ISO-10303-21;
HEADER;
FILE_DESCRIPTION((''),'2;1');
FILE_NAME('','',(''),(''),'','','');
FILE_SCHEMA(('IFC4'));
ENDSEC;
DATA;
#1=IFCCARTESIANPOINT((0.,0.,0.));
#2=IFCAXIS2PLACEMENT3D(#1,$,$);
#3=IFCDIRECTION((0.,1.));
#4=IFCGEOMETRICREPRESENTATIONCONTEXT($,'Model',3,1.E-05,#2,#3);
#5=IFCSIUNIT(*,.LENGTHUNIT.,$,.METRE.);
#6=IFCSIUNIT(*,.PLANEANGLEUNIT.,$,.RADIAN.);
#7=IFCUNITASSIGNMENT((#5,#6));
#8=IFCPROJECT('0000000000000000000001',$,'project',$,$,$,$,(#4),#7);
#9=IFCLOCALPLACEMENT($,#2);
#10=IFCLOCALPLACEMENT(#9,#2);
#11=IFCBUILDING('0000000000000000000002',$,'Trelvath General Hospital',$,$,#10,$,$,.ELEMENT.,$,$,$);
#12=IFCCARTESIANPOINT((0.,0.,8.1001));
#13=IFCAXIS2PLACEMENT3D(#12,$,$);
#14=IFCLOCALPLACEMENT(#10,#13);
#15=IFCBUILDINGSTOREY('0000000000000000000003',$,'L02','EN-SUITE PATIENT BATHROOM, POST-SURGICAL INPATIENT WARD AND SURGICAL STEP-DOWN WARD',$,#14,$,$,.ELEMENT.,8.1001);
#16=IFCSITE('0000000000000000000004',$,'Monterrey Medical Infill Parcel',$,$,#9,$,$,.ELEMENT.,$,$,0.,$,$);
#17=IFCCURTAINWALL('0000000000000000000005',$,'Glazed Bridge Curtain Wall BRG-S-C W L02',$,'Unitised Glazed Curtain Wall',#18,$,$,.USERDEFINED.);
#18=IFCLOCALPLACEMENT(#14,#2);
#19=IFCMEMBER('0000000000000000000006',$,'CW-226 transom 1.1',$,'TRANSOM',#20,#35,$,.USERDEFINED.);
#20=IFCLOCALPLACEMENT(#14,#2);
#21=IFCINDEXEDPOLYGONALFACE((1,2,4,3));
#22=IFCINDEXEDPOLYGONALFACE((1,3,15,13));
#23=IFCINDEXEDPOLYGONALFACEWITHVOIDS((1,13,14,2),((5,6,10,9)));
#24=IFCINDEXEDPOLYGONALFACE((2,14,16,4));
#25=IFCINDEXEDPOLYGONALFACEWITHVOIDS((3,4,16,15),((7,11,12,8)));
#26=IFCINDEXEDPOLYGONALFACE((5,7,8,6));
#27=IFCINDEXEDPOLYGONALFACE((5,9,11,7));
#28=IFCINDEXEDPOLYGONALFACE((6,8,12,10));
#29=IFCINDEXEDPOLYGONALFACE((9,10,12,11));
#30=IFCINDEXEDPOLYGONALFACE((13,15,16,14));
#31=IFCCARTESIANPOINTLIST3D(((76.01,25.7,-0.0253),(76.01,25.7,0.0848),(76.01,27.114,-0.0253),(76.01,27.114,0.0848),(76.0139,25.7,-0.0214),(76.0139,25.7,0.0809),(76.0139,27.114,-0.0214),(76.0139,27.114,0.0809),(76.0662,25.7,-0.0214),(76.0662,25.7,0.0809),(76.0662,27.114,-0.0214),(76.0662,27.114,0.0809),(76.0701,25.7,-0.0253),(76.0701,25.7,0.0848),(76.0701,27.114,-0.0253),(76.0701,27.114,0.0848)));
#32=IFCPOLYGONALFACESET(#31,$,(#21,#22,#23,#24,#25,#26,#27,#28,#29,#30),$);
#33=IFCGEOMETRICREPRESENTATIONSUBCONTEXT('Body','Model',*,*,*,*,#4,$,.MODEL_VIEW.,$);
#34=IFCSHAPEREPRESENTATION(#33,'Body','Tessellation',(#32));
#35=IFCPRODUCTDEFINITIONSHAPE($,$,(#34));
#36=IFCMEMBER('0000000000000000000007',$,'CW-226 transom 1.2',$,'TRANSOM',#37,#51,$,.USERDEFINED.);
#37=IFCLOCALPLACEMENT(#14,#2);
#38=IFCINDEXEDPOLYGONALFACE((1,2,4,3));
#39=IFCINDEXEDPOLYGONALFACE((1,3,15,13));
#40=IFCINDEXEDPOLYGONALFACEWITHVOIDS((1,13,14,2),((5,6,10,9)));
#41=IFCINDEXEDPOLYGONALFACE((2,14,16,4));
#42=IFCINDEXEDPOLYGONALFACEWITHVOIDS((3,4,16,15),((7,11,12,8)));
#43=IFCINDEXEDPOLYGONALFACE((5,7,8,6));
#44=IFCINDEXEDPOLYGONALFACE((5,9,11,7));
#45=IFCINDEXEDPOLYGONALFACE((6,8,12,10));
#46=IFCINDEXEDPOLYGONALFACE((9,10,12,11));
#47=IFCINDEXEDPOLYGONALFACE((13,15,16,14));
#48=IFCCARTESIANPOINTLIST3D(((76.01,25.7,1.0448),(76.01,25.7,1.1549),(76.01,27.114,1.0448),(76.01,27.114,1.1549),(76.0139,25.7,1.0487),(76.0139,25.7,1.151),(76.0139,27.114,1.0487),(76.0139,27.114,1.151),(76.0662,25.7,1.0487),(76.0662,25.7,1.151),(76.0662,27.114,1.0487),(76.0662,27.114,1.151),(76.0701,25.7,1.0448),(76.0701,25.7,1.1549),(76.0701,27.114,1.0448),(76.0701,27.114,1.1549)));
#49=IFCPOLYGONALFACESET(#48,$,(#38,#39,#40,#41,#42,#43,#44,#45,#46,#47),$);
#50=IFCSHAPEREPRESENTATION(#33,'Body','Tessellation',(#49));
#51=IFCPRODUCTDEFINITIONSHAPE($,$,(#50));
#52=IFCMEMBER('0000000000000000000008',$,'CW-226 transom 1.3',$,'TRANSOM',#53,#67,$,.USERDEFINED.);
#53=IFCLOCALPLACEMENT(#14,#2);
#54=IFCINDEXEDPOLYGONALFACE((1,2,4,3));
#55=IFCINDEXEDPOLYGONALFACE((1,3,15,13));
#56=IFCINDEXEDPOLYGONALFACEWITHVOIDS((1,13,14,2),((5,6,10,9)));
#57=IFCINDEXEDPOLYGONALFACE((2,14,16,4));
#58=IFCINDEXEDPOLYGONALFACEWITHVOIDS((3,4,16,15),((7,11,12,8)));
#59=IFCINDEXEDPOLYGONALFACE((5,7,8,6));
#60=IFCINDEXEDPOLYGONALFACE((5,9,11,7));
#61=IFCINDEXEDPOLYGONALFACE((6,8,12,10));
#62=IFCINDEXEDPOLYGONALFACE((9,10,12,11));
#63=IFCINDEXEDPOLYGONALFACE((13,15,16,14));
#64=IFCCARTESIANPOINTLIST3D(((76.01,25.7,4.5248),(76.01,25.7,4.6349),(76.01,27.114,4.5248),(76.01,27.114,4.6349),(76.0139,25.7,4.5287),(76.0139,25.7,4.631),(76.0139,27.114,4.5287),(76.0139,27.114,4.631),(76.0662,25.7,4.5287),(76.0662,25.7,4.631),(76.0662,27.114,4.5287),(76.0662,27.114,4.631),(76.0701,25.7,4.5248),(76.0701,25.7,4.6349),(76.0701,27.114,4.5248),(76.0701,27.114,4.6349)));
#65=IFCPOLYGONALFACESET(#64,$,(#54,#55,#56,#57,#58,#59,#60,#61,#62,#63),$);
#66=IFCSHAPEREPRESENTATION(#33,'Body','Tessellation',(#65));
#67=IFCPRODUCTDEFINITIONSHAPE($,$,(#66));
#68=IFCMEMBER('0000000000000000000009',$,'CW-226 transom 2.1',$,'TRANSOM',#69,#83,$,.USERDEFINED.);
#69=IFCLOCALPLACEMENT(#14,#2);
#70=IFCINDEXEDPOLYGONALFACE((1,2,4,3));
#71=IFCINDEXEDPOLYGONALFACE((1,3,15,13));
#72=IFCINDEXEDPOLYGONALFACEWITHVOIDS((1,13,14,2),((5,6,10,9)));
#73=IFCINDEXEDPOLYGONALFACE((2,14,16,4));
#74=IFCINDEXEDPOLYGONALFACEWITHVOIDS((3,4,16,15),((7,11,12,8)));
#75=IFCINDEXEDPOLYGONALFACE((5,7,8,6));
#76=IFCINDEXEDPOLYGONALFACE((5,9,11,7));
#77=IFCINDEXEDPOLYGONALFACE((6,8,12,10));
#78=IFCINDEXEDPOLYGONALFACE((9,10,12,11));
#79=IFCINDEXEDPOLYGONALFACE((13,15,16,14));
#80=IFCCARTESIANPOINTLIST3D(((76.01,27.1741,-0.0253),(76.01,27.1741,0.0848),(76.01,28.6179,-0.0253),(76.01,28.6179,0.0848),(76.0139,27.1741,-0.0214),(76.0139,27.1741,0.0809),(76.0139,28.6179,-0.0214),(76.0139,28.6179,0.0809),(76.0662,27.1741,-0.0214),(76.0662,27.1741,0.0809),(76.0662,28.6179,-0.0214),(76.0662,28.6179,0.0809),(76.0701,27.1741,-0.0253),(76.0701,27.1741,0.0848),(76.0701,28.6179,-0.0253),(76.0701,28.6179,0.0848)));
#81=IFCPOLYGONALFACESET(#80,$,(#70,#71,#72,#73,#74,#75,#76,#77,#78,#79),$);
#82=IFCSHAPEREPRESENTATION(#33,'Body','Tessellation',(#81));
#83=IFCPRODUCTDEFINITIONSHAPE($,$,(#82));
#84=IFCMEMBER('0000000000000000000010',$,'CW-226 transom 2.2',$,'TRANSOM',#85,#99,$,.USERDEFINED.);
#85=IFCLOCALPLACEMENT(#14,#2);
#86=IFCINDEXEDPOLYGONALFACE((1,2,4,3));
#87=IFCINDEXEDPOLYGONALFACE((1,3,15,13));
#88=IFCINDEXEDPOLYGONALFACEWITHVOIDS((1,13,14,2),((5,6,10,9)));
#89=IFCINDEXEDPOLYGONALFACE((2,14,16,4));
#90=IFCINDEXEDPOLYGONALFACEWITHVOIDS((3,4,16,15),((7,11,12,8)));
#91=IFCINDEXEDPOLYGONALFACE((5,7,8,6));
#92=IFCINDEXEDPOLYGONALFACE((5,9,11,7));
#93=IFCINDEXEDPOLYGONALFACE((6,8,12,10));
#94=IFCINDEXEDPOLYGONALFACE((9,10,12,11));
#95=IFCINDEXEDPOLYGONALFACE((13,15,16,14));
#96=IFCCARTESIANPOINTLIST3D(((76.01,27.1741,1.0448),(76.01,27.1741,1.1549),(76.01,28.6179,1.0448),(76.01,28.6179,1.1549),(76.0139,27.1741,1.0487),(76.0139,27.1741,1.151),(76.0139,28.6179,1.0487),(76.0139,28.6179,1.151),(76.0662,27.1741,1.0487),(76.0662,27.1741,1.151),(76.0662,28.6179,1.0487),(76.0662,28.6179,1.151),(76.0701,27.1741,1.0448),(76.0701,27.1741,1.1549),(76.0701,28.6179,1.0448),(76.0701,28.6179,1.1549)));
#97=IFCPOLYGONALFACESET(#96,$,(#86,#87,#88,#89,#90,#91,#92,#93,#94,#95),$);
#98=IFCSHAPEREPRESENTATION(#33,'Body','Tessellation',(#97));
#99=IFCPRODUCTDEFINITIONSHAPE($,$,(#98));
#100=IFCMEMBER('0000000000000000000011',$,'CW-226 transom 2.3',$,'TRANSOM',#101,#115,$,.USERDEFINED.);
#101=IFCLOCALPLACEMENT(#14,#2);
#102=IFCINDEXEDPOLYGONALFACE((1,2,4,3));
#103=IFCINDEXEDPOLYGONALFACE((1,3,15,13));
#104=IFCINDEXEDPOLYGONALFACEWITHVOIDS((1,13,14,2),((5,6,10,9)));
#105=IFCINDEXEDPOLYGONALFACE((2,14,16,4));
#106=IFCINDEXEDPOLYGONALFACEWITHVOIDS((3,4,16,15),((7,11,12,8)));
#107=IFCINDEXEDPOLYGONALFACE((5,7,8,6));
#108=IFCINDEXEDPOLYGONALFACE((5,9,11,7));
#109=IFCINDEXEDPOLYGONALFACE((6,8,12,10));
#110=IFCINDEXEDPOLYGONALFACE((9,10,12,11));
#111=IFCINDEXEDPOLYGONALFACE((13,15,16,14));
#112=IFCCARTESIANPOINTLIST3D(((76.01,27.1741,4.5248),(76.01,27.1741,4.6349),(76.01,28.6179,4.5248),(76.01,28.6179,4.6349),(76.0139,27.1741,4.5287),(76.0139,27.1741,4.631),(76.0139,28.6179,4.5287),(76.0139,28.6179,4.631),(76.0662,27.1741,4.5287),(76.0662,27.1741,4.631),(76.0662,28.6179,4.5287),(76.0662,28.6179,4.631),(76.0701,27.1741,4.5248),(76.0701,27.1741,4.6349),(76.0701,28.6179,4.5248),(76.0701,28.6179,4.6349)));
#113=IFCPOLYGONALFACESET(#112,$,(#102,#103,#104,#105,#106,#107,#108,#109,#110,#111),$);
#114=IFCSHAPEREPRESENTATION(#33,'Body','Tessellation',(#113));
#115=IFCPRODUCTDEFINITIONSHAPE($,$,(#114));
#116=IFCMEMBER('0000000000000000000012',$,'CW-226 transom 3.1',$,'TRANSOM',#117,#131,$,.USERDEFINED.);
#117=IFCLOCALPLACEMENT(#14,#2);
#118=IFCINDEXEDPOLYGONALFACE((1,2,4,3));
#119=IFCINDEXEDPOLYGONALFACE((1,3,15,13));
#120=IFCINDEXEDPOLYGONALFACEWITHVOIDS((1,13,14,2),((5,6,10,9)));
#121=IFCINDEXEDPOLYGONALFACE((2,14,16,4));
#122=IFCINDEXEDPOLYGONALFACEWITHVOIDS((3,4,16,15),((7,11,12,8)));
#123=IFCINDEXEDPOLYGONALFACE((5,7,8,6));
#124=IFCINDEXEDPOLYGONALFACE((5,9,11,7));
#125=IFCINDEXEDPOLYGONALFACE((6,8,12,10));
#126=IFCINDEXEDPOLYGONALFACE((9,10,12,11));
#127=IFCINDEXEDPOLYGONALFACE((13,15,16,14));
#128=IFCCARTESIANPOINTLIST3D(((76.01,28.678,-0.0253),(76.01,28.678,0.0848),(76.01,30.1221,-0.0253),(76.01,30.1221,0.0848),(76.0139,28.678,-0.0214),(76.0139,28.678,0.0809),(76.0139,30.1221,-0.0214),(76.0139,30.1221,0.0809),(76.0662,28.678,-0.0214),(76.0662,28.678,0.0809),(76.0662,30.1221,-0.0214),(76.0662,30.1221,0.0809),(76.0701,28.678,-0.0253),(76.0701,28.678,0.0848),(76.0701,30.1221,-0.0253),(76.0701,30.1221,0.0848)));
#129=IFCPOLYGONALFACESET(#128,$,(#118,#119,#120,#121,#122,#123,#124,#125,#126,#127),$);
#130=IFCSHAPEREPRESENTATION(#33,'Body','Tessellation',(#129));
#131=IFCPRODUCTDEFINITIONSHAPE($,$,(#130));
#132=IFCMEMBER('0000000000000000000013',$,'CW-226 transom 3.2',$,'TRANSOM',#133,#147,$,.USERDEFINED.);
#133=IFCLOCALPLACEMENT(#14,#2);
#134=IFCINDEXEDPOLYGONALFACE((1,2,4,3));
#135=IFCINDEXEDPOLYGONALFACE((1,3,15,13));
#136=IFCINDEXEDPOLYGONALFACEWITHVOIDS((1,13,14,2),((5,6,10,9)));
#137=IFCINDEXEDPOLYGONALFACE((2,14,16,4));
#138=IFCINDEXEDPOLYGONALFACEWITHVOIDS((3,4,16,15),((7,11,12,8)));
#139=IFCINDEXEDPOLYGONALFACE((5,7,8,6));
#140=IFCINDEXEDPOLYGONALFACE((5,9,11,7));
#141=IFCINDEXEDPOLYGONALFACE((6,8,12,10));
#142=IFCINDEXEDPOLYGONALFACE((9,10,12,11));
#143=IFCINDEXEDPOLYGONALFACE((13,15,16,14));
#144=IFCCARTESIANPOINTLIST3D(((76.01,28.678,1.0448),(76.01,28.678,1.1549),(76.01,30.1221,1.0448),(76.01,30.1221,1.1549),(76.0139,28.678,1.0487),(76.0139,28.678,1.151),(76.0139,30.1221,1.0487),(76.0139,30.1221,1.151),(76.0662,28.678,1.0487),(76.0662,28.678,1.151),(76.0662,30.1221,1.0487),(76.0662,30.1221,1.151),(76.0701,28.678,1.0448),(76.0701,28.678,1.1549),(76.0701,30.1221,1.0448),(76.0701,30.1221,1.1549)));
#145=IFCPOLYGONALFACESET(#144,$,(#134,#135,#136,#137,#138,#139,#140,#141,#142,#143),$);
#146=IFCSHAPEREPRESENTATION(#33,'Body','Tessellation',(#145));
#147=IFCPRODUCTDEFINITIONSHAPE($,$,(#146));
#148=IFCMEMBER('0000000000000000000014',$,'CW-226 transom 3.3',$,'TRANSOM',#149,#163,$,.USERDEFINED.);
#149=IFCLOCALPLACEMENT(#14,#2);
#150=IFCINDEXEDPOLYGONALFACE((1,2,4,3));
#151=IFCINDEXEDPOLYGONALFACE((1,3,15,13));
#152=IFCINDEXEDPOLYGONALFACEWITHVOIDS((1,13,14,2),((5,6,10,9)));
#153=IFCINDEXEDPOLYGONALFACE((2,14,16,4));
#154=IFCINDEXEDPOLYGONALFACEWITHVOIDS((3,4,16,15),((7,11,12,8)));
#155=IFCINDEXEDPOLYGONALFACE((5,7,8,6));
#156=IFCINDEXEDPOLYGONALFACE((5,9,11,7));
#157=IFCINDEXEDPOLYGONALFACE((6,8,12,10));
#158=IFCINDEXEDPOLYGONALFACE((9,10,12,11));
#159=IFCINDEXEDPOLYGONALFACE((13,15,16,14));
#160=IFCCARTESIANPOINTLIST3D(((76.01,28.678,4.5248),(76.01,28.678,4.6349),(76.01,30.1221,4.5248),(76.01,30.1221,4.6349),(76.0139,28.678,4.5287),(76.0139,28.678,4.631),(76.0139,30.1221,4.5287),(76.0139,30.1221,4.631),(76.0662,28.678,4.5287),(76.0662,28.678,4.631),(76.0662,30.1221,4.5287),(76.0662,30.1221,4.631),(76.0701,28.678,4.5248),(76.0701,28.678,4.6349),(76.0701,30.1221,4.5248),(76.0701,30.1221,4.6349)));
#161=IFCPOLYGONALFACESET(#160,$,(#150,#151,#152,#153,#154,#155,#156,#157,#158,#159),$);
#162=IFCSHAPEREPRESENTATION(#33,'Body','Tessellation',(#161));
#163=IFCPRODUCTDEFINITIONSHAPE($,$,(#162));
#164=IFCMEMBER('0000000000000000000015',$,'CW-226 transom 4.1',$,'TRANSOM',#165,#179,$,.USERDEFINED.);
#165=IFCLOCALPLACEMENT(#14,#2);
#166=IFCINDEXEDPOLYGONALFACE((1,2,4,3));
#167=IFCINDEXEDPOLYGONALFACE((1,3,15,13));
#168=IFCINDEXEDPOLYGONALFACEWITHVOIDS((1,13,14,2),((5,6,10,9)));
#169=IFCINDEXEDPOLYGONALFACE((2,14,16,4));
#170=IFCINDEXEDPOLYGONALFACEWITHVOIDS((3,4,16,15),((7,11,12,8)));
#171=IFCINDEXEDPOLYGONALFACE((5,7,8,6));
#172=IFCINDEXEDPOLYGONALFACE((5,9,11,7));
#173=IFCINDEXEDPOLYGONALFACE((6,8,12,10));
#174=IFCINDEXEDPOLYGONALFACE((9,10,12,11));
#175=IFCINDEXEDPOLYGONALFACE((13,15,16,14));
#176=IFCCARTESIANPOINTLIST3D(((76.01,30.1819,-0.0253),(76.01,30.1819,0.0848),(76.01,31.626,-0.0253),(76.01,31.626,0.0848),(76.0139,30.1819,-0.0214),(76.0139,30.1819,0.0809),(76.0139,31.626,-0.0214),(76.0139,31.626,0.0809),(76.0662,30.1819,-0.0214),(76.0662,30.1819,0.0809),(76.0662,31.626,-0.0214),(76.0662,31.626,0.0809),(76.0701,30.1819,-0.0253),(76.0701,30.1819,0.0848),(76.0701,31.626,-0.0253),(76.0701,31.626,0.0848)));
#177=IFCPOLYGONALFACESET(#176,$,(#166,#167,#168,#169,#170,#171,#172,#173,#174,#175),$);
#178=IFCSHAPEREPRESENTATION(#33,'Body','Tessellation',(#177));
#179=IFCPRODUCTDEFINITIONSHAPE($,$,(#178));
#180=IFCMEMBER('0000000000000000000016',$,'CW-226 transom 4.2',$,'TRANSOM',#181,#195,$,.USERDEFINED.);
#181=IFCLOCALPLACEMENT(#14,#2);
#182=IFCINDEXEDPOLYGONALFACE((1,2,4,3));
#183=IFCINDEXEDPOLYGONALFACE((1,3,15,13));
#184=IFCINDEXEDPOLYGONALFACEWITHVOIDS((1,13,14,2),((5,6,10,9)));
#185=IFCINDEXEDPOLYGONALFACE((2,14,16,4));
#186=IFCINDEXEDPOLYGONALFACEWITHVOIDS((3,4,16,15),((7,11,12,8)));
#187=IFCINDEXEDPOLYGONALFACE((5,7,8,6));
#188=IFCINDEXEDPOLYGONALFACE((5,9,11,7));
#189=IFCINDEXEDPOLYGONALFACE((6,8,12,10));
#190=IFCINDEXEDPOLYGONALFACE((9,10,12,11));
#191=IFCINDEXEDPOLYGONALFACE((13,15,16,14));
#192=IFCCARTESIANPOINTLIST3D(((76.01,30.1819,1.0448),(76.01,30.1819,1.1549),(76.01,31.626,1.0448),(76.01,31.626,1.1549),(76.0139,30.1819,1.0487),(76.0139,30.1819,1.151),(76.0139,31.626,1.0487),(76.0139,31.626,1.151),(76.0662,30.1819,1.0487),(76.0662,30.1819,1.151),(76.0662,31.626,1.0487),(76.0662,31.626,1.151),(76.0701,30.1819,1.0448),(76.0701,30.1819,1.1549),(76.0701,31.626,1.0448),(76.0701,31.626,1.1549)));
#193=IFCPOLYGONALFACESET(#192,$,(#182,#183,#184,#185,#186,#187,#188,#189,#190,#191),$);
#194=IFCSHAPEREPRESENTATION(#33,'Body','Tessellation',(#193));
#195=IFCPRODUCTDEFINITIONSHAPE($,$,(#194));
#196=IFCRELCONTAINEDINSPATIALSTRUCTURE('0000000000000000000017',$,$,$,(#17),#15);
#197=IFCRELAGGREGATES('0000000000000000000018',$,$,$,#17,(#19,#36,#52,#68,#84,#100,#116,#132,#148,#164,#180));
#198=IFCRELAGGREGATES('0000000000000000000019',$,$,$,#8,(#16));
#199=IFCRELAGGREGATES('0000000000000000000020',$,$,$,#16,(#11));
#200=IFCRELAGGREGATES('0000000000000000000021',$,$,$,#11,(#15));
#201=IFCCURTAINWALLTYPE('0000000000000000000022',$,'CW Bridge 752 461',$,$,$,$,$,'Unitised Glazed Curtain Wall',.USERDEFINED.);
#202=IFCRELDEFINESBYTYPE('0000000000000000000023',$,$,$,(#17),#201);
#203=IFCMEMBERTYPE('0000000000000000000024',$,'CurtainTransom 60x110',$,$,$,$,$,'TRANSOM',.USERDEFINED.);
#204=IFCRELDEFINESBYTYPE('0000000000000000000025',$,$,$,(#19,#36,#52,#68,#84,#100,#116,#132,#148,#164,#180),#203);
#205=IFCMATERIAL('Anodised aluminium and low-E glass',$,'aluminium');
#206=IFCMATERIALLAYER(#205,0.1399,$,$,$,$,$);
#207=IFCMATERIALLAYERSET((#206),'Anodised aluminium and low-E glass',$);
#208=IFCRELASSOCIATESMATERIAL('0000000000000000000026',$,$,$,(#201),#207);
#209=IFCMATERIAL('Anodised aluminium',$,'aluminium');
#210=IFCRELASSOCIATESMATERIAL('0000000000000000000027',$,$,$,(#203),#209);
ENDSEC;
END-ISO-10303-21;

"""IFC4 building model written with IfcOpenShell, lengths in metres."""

from ifc_helpers import new_model, si_unit, direction, frame, origin, origin_2d, place, context, subcontext, project, spatial, hollow_rectangle, extrude, material, layer, layer_set, material_profile, profile_set, type_object, element, aggregate, save


model = new_model("IFC4")

# Units and contexts
model_context = context("Model", 3, precision=1e-05, world=origin(), true_north=direction((0.0, 1.0)))
body_context = subcontext(model_context, "Body", "Model", "MODEL_VIEW")
ifc_project = project(units=[si_unit("LENGTHUNIT", "METRE"), si_unit("PLANEANGLEUNIT", "RADIAN")], contexts=[model_context])

# Site, building, storey
site_placement = place(None, origin())
site = spatial("IfcSite", under=ifc_project, at=site_placement, Name="Monterrey Medical Infill Parcel", CompositionType="ELEMENT", RefElevation=0.0)
building_placement = place(site_placement, origin())
building = spatial("IfcBuilding", under=site, at=building_placement, Name="Trelvath General Hospital", CompositionType="ELEMENT")
storey_placement = place(building_placement, frame((0.0, 0.0, 8.1001)))
storey = spatial("IfcBuildingStorey", under=building, at=storey_placement, Name="L02", Description="EN-SUITE PATIENT BATHROOM, POST-SURGICAL INPATIENT WARD AND SURGICAL STEP-DOWN WARD", CompositionType="ELEMENT", Elevation=8.1001)

# Curtain wall, members
ifc_material_1 = material(Name="Anodised aluminium and low-E glass", Category="aluminium")
ifc_layer_1 = layer(ifc_material_1, 0.1399)
ifc_layer_set_1 = layer_set([ifc_layer_1], Name="Anodised aluminium and low-E glass")
curtain_wall_type = type_object("IfcCurtainWallType", Name="CW Bridge 752 461", ElementType="Unitised Glazed Curtain Wall", PredefinedType="USERDEFINED", material=ifc_layer_set_1)
curtain_wall_placement = place(storey_placement, origin())
curtain_wall = element("IfcCurtainWall", 1, at=curtain_wall_placement, inside=storey, type_object=curtain_wall_type, Name="Glazed Bridge Curtain Wall BRG-S-C W L02", ObjectType="Unitised Glazed Curtain Wall", PredefinedType="USERDEFINED")
ifc_material_2 = material(Name="Anodised aluminium", Category="aluminium")
ifc_material_profile_1 = material_profile(ifc_material_2, hollow_rectangle(XDim=0.0601, YDim=0.1101, WallThickness=0.0039, at=origin_2d()), Name="RHS60x110x4")
ifc_profile_set_1 = profile_set([ifc_material_profile_1], Name="Anodised aluminium")
member_type_1 = type_object("IfcMemberType", Name="CurtainTransom 60x110", ElementType="TRANSOM", PredefinedType="USERDEFINED", material=ifc_profile_set_1)
member_1_placement = place(storey_placement, frame((76.04, 25.7, 0.0298), z_axis=(0.0, 1.0, 0.0), x_axis=(-1.0, 0.0, 0.0)))
member_1 = element("IfcMember", 2, at=member_1_placement, type_object=member_type_1, Name="CW-226 transom 1.1", ObjectType="TRANSOM", PredefinedType="USERDEFINED", context=body_context, shape_type="SweptSolid", body=[
    extrude(hollow_rectangle(XDim=0.0601, YDim=0.1101, WallThickness=0.0039, at=origin_2d()), origin(), (0.0, 0.0, 1.0), 1.4141),
])
member_2_placement = place(storey_placement, frame((76.04, 25.7, 1.0999), z_axis=(0.0, 1.0, 0.0), x_axis=(-1.0, 0.0, 0.0)))
member_2 = element("IfcMember", 3, at=member_2_placement, type_object=member_type_1, Name="CW-226 transom 1.2", ObjectType="TRANSOM", PredefinedType="USERDEFINED", context=body_context, shape_type="SweptSolid", body=[
    extrude(hollow_rectangle(XDim=0.0601, YDim=0.1101, WallThickness=0.0039, at=origin_2d()), origin(), (0.0, 0.0, 1.0), 1.4141),
])
member_3_placement = place(storey_placement, frame((76.04, 25.7, 4.5798), z_axis=(0.0, 1.0, 0.0), x_axis=(-1.0, 0.0, 0.0)))
member_3 = element("IfcMember", 4, at=member_3_placement, type_object=member_type_1, Name="CW-226 transom 1.3", ObjectType="TRANSOM", PredefinedType="USERDEFINED", context=body_context, shape_type="SweptSolid", body=[
    extrude(hollow_rectangle(XDim=0.0601, YDim=0.1101, WallThickness=0.0039, at=origin_2d()), origin(), (0.0, 0.0, 1.0), 1.4141),
])
member_4_placement = place(storey_placement, frame((76.04, 27.1741, 0.0298), z_axis=(0.0, 1.0, 0.0), x_axis=(-1.0, 0.0, 0.0)))
member_4 = element("IfcMember", 5, at=member_4_placement, type_object=member_type_1, Name="CW-226 transom 2.1", ObjectType="TRANSOM", PredefinedType="USERDEFINED", context=body_context, shape_type="SweptSolid", body=[
    extrude(hollow_rectangle(XDim=0.0601, YDim=0.1101, WallThickness=0.0039, at=origin_2d()), origin(), (0.0, 0.0, 1.0), 1.4438),
])
member_5_placement = place(storey_placement, frame((76.04, 27.1741, 1.0999), z_axis=(0.0, 1.0, 0.0), x_axis=(-1.0, 0.0, 0.0)))
member_5 = element("IfcMember", 6, at=member_5_placement, type_object=member_type_1, Name="CW-226 transom 2.2", ObjectType="TRANSOM", PredefinedType="USERDEFINED", context=body_context, shape_type="SweptSolid", body=[
    extrude(hollow_rectangle(XDim=0.0601, YDim=0.1101, WallThickness=0.0039, at=origin_2d()), origin(), (0.0, 0.0, 1.0), 1.4438),
])
member_6_placement = place(storey_placement, frame((76.04, 27.1741, 4.5798), z_axis=(0.0, 1.0, 0.0), x_axis=(-1.0, 0.0, 0.0)))
member_6 = element("IfcMember", 7, at=member_6_placement, type_object=member_type_1, Name="CW-226 transom 2.3", ObjectType="TRANSOM", PredefinedType="USERDEFINED", context=body_context, shape_type="SweptSolid", body=[
    extrude(hollow_rectangle(XDim=0.0601, YDim=0.1101, WallThickness=0.0039, at=origin_2d()), origin(), (0.0, 0.0, 1.0), 1.4438),
])
member_7_placement = place(storey_placement, frame((76.04, 28.678, 0.0298), z_axis=(0.0, 1.0, 0.0), x_axis=(-1.0, 0.0, 0.0)))
member_7 = element("IfcMember", 8, at=member_7_placement, type_object=member_type_1, Name="CW-226 transom 3.1", ObjectType="TRANSOM", PredefinedType="USERDEFINED", context=body_context, shape_type="SweptSolid", body=[
    extrude(hollow_rectangle(XDim=0.0601, YDim=0.1101, WallThickness=0.0039, at=origin_2d()), origin(), (0.0, 0.0, 1.0), 1.4441),
])
member_8_placement = place(storey_placement, frame((76.04, 28.678, 1.0999), z_axis=(0.0, 1.0, 0.0), x_axis=(-1.0, 0.0, 0.0)))
member_8 = element("IfcMember", 9, at=member_8_placement, type_object=member_type_1, Name="CW-226 transom 3.2", ObjectType="TRANSOM", PredefinedType="USERDEFINED", context=body_context, shape_type="SweptSolid", body=[
    extrude(hollow_rectangle(XDim=0.0601, YDim=0.1101, WallThickness=0.0039, at=origin_2d()), origin(), (0.0, 0.0, 1.0), 1.4441),
])
member_9_placement = place(storey_placement, frame((76.04, 28.678, 4.5798), z_axis=(0.0, 1.0, 0.0), x_axis=(-1.0, 0.0, 0.0)))
member_9 = element("IfcMember", 10, at=member_9_placement, type_object=member_type_1, Name="CW-226 transom 3.3", ObjectType="TRANSOM", PredefinedType="USERDEFINED", context=body_context, shape_type="SweptSolid", body=[
    extrude(hollow_rectangle(XDim=0.0601, YDim=0.1101, WallThickness=0.0039, at=origin_2d()), origin(), (0.0, 0.0, 1.0), 1.4441),
])
member_10_placement = place(storey_placement, frame((76.04, 30.1819, 0.0298), z_axis=(0.0, 1.0, 0.0), x_axis=(-1.0, 0.0, 0.0)))
member_10 = element("IfcMember", 11, at=member_10_placement, type_object=member_type_1, Name="CW-226 transom 4.1", ObjectType="TRANSOM", PredefinedType="USERDEFINED", context=body_context, shape_type="SweptSolid", body=[
    extrude(hollow_rectangle(XDim=0.0601, YDim=0.1101, WallThickness=0.0039, at=origin_2d()), origin(), (0.0, 0.0, 1.0), 1.4441),
])
member_11_placement = place(storey_placement, frame((76.04, 30.1819, 1.0999), z_axis=(0.0, 1.0, 0.0), x_axis=(-1.0, 0.0, 0.0)))
member_11 = element("IfcMember", 12, at=member_11_placement, type_object=member_type_1, Name="CW-226 transom 4.2", ObjectType="TRANSOM", PredefinedType="USERDEFINED", context=body_context, shape_type="SweptSolid", body=[
    extrude(hollow_rectangle(XDim=0.0601, YDim=0.1101, WallThickness=0.0039, at=origin_2d()), origin(), (0.0, 0.0, 1.0), 1.4441),
])

aggregate(curtain_wall, [member_1, member_2, member_3, member_4, member_5, member_6, member_7, member_8, member_9, member_10, member_11])

save(model, "model.ifc")
